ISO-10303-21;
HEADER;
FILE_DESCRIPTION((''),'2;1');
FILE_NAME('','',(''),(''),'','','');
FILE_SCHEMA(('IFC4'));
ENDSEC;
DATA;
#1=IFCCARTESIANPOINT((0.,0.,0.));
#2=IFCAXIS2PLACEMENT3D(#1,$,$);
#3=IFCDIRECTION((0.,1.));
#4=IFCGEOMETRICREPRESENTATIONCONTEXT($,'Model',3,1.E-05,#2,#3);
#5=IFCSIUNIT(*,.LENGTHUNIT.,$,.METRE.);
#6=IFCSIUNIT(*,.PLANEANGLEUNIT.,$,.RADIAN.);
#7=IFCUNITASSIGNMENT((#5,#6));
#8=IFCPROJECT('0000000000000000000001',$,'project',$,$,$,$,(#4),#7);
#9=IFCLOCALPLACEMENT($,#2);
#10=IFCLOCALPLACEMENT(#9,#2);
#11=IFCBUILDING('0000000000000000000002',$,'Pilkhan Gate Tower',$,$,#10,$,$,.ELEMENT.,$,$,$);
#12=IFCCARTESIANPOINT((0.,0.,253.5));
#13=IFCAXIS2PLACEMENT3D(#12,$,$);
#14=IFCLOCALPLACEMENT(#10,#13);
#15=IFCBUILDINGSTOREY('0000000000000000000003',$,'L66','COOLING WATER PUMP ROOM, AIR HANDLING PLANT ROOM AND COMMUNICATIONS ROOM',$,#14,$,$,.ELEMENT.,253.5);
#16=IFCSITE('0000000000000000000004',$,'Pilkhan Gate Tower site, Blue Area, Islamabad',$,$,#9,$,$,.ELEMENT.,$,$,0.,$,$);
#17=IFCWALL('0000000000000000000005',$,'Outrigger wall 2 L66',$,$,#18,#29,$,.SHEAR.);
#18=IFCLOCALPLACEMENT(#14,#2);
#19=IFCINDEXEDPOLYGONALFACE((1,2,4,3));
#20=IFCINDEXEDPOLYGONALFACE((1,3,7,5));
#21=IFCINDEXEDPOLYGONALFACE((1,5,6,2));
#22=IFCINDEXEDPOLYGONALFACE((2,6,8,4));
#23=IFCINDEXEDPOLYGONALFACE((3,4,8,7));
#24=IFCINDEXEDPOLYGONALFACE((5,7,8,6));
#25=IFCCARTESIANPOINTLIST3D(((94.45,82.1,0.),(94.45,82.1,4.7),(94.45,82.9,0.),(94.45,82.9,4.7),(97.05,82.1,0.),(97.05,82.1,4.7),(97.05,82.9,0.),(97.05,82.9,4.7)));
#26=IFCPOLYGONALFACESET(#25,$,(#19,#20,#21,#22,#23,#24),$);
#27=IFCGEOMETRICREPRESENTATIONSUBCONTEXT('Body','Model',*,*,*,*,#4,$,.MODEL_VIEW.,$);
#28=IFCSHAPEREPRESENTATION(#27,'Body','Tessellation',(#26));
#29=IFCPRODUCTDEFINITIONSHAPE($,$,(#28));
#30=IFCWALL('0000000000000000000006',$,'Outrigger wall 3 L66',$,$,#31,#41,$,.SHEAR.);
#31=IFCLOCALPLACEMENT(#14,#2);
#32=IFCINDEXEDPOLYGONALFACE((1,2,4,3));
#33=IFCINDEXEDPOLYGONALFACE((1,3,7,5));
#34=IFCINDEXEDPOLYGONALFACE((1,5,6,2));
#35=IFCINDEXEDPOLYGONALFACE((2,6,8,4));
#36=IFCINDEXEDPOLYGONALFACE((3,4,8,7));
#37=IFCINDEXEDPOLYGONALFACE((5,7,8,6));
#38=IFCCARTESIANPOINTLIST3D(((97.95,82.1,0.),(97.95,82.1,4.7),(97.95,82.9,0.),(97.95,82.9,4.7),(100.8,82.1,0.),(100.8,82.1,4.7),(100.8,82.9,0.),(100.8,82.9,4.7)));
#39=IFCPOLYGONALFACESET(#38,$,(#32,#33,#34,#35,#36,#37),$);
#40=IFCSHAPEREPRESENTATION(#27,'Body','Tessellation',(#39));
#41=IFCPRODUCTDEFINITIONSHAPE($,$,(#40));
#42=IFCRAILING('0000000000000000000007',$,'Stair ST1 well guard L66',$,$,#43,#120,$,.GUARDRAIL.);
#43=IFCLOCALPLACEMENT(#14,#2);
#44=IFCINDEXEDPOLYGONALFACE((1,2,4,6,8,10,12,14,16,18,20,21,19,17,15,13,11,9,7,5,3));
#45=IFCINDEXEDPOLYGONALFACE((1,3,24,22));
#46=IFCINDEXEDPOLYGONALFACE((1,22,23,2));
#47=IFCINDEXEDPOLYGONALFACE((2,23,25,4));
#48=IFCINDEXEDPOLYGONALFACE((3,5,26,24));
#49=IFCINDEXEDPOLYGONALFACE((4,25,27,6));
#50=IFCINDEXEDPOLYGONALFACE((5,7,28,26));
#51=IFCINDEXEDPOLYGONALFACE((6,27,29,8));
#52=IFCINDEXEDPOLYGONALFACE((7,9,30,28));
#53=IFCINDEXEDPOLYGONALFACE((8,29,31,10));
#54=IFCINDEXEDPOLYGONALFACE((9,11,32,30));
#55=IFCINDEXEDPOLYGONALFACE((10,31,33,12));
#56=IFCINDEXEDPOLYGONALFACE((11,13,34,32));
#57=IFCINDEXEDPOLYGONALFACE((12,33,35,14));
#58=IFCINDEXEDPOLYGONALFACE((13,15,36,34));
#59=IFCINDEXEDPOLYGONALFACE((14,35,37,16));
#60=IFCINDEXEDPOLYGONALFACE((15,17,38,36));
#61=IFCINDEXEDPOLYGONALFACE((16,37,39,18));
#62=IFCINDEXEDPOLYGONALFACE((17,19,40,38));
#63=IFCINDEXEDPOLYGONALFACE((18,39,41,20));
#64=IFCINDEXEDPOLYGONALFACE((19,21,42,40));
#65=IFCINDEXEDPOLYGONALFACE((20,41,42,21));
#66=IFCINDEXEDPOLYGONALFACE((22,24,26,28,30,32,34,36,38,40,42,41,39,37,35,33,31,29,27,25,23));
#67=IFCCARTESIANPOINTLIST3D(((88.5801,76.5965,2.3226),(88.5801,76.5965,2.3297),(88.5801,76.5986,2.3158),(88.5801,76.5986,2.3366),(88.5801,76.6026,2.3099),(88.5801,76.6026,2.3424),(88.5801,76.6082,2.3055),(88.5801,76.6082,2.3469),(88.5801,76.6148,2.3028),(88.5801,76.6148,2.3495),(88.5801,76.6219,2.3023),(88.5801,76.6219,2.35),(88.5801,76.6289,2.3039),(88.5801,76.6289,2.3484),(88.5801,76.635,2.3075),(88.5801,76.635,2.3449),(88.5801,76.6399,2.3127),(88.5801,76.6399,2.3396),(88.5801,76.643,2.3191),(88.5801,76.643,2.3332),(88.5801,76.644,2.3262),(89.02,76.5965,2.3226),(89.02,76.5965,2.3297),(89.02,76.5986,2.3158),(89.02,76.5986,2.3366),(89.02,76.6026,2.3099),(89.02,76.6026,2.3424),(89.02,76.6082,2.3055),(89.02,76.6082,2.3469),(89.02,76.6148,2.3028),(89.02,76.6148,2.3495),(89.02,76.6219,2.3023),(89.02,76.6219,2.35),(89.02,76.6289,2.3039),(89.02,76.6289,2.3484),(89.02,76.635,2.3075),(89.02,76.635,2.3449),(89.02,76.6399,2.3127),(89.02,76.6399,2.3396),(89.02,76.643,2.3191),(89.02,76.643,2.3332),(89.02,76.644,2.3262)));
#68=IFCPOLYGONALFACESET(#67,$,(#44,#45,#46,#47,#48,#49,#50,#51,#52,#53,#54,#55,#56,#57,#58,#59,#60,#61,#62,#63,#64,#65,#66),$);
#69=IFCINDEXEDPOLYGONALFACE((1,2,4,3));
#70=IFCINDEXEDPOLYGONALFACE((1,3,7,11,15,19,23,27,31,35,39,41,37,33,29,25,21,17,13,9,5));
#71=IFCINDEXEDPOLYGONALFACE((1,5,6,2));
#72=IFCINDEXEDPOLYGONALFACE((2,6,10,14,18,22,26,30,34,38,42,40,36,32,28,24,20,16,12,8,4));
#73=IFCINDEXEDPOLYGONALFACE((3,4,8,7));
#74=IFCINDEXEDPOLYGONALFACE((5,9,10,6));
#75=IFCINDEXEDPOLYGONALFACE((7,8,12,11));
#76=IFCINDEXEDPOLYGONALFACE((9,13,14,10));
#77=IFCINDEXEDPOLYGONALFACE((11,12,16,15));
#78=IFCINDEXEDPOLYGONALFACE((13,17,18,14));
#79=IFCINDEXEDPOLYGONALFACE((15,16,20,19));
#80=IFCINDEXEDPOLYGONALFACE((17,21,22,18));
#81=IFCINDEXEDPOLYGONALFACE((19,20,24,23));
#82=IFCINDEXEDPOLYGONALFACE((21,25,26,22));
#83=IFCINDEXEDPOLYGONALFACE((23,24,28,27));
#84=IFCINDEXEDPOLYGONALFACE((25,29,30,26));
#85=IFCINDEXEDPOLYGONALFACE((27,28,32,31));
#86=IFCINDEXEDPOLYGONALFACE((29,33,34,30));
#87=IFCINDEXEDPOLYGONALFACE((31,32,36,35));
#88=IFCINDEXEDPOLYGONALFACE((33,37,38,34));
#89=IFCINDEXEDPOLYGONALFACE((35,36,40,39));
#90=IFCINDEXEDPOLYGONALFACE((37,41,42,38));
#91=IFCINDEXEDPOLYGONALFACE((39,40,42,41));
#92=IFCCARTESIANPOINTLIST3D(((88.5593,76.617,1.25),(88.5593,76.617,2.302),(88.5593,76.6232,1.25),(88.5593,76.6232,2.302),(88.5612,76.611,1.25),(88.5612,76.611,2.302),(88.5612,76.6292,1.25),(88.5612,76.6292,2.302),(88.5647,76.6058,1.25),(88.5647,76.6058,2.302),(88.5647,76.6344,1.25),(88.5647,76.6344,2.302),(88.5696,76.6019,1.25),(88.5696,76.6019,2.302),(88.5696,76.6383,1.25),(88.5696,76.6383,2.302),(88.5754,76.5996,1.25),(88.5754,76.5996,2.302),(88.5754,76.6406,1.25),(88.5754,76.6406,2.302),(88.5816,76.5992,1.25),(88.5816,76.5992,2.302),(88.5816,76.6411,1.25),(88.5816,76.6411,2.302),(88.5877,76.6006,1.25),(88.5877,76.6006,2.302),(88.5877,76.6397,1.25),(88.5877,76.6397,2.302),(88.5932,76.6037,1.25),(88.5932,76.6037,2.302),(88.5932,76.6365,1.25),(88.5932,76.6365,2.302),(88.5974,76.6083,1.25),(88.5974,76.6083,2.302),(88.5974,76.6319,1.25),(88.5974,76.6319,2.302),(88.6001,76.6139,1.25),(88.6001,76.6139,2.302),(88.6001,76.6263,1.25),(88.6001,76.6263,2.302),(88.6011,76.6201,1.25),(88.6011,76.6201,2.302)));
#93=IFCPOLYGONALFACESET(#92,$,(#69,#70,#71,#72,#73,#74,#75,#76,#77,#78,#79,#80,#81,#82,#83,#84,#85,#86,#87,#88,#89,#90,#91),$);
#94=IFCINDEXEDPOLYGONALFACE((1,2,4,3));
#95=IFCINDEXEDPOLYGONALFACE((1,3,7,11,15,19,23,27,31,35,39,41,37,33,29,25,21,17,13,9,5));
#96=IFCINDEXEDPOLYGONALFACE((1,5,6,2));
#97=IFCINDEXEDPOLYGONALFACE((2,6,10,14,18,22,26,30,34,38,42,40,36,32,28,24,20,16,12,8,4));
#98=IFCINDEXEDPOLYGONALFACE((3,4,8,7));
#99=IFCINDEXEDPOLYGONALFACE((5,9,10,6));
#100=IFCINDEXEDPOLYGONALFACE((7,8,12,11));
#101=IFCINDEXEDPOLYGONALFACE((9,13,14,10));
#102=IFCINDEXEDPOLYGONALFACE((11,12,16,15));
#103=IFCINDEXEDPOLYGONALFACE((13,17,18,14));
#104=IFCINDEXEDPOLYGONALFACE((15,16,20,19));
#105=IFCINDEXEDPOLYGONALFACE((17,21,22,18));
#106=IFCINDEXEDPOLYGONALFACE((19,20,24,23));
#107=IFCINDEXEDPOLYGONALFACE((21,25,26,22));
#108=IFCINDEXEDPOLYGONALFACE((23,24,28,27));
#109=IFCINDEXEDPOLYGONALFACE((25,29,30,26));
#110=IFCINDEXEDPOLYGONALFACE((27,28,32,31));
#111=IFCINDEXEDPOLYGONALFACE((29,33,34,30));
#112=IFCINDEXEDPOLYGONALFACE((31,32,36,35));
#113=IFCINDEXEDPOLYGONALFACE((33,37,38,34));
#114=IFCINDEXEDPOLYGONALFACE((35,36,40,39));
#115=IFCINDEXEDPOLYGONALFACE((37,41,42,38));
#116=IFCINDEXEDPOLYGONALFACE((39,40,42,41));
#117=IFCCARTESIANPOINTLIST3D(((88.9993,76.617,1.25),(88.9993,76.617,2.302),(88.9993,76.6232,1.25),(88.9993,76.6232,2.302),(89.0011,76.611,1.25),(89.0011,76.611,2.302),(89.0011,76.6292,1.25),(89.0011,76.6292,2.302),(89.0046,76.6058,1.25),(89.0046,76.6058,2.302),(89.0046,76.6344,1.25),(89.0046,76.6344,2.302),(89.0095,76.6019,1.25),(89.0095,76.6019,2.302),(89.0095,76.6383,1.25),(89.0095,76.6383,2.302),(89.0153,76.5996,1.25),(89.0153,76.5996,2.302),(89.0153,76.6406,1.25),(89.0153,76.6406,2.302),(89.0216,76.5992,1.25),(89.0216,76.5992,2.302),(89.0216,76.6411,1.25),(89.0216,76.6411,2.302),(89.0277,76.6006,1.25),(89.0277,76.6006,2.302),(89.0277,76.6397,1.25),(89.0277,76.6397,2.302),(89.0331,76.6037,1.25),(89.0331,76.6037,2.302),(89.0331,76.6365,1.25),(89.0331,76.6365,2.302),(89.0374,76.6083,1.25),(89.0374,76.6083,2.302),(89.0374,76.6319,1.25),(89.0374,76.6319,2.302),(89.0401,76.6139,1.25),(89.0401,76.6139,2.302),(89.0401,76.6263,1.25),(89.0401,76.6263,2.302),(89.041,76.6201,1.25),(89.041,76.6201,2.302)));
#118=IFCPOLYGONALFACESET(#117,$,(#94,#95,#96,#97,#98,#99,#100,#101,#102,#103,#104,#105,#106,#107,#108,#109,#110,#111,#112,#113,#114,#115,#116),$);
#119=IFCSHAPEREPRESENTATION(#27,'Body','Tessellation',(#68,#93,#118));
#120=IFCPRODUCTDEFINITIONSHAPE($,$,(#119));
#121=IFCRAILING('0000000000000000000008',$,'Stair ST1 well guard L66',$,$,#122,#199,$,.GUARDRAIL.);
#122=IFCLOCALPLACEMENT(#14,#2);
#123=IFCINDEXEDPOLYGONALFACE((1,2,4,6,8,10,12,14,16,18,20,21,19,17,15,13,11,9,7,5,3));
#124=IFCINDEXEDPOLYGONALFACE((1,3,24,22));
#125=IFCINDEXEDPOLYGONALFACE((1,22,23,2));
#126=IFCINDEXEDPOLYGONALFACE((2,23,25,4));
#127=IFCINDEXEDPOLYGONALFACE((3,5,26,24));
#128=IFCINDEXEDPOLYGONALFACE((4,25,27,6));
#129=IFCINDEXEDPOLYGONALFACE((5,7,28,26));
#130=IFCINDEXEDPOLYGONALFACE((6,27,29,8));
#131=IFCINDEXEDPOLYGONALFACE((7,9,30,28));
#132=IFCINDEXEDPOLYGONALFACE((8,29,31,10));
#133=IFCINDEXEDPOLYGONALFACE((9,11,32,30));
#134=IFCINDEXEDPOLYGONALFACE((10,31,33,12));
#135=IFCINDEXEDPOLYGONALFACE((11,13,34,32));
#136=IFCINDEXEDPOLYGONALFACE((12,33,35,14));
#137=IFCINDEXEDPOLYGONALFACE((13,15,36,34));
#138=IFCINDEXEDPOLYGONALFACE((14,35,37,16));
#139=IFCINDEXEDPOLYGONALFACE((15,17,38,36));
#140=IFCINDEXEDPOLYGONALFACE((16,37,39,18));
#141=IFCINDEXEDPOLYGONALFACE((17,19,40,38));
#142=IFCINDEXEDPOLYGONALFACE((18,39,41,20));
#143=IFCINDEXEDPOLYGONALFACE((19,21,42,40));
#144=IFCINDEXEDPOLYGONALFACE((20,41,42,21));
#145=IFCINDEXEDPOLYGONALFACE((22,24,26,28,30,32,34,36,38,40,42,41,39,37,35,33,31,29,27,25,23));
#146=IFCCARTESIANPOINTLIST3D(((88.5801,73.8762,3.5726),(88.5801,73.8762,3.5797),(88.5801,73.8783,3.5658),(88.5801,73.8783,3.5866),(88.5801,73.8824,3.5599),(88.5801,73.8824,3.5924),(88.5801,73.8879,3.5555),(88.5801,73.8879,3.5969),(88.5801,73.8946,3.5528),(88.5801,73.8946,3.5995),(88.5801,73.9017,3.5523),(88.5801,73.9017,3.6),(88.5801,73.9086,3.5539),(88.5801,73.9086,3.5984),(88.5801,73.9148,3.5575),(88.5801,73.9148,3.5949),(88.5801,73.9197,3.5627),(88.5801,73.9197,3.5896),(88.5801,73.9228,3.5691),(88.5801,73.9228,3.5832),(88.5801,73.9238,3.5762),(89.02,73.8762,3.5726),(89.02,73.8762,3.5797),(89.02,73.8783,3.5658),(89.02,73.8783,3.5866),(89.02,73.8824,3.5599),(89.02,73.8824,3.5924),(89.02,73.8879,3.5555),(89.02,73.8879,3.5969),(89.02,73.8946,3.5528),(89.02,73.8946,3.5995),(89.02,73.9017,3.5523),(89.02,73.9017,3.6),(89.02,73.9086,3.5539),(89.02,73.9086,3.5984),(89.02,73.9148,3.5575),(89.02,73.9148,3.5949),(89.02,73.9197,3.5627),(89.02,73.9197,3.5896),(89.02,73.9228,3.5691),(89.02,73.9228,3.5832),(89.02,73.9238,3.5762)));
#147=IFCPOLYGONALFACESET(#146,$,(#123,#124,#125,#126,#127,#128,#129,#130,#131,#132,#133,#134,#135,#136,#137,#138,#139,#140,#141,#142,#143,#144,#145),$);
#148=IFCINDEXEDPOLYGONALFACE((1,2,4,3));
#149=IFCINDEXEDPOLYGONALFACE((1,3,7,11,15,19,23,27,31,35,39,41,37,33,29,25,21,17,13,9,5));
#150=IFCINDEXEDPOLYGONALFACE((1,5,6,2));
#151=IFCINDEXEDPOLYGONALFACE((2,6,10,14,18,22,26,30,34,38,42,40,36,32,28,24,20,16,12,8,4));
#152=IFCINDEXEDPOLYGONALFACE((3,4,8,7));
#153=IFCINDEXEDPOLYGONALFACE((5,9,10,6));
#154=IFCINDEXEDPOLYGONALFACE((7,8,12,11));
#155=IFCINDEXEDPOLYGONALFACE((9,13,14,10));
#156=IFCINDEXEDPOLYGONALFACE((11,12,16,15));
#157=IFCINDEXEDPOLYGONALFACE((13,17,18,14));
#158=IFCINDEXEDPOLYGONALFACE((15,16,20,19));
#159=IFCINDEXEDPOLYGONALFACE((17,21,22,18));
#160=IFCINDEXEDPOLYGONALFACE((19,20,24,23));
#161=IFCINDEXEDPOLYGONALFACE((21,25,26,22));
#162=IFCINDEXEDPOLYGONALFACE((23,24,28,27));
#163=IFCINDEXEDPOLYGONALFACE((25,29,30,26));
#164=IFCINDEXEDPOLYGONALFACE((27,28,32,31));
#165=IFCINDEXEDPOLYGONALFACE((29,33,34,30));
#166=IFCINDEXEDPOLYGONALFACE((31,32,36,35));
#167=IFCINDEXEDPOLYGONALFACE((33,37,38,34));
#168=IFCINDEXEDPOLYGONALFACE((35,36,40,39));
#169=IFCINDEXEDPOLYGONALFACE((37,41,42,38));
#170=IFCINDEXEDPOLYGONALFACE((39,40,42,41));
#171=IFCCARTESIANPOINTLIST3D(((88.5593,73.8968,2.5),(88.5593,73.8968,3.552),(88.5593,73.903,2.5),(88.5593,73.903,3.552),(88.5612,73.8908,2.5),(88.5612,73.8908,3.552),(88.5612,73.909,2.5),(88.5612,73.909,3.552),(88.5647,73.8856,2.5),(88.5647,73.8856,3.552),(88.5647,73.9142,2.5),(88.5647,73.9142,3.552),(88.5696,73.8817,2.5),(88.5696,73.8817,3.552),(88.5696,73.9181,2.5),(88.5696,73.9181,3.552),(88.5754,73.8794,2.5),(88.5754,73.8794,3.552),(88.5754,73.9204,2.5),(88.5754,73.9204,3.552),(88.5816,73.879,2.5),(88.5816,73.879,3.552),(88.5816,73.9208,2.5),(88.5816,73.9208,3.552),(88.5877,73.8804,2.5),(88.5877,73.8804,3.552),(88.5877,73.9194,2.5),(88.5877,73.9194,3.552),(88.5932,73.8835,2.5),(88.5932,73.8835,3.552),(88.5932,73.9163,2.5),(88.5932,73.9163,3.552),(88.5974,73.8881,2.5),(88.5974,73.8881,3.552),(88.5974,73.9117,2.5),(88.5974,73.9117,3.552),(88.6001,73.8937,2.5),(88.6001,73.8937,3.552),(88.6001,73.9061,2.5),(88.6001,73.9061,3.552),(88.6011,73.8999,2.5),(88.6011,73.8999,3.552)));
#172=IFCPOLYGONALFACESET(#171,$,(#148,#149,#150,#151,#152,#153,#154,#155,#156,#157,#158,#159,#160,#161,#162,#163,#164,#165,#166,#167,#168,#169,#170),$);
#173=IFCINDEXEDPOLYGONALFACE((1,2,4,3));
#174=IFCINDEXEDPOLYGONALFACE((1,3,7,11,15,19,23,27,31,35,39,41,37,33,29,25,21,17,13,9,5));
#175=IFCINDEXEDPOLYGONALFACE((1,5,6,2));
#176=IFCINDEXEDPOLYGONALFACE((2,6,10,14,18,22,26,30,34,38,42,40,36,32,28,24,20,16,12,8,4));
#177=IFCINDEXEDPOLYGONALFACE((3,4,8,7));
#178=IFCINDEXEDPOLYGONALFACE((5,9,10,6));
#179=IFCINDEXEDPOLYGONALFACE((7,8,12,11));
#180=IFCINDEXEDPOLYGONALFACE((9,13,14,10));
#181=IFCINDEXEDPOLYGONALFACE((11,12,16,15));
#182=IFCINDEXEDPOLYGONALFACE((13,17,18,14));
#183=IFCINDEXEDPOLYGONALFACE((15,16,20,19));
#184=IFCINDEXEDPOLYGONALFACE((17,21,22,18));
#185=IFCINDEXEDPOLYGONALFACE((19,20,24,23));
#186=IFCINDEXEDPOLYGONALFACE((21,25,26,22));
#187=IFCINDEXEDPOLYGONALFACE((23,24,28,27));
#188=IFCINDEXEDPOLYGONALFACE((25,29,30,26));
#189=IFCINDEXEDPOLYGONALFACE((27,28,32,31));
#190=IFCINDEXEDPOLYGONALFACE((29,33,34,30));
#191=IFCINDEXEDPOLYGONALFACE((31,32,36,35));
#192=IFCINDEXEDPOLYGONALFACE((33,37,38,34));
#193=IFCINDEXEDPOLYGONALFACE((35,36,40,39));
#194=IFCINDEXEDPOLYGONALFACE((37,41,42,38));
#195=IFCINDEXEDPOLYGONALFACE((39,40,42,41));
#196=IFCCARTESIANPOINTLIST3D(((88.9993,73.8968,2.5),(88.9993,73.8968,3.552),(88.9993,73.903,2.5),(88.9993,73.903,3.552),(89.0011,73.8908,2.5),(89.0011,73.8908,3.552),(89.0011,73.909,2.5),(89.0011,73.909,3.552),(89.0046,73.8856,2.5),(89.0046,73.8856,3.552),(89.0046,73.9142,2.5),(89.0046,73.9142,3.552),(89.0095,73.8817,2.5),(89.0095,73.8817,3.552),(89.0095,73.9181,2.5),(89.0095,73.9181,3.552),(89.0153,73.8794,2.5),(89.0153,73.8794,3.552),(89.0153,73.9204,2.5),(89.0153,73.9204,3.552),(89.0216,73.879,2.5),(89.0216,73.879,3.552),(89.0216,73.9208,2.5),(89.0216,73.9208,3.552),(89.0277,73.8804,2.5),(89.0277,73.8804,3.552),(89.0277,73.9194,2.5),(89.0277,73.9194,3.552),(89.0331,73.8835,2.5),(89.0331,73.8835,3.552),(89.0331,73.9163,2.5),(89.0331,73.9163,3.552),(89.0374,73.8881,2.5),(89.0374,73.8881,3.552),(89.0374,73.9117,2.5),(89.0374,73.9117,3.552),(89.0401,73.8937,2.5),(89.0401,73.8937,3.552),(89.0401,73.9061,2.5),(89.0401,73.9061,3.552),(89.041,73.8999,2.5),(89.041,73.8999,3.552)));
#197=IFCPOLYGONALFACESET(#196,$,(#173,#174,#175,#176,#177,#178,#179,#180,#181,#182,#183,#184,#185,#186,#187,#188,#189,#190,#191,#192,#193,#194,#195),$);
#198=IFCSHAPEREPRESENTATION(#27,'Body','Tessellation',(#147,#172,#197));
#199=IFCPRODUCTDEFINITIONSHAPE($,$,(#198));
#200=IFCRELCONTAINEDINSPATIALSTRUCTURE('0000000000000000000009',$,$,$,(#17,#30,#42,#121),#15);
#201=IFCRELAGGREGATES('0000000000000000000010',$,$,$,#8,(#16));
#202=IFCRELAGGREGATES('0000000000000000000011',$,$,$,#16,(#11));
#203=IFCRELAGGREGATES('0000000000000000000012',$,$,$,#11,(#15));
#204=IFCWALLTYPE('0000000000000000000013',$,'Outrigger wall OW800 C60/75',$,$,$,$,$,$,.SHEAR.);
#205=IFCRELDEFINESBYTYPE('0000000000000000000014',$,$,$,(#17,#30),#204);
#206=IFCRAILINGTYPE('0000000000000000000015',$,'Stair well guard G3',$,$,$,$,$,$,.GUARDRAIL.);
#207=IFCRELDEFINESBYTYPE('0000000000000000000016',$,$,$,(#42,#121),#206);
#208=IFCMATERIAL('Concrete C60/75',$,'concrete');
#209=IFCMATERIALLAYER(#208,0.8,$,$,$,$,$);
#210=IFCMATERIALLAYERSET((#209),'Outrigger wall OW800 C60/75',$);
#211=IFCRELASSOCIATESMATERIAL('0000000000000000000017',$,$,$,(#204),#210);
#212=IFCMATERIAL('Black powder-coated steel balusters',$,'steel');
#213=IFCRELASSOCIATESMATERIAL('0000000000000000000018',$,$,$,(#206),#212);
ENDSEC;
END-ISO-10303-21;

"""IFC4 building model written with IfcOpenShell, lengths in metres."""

from ifc_helpers import new_model, si_unit, direction, frame, frame_2d, origin, origin_2d, place, context, subcontext, project, spatial, rectangle, circle, extrude, material, layer, layer_set, type_object, element, save


model = new_model("IFC4")

# Units and contexts
model_context = context("Model", 3, precision=1e-05, world=origin(), true_north=direction((0.0, 1.0)))
body_context = subcontext(model_context, "Body", "Model", "MODEL_VIEW")
ifc_project = project(units=[si_unit("LENGTHUNIT", "METRE"), si_unit("PLANEANGLEUNIT", "RADIAN")], contexts=[model_context])

# Site, building, storey
site_placement = place(None, origin())
site = spatial("IfcSite", under=ifc_project, at=site_placement, Name="Pilkhan Gate Tower site, Blue Area, Islamabad", CompositionType="ELEMENT", RefElevation=0.0)
building_placement = place(site_placement, origin())
building = spatial("IfcBuilding", under=site, at=building_placement, Name="Pilkhan Gate Tower", CompositionType="ELEMENT")
storey_placement = place(building_placement, frame((0.0, 0.0, 253.5)))
storey = spatial("IfcBuildingStorey", under=building, at=storey_placement, Name="L66", Description="COOLING WATER PUMP ROOM, AIR HANDLING PLANT ROOM AND COMMUNICATIONS ROOM", CompositionType="ELEMENT", Elevation=253.5)

# Shared definitions
ifc_material_1 = material(Name="Concrete C60/75", Category="concrete")

# Walls
ifc_layer_1 = layer(ifc_material_1, 0.8)
ifc_layer_set_1 = layer_set([ifc_layer_1], Name="Outrigger wall OW800 C60/75")
wall_type_1 = type_object("IfcWallType", Name="Outrigger wall OW800 C60/75", PredefinedType="SHEAR", material=ifc_layer_set_1)
for number, where, z_axis, x_axis, name in (
    (1, (94.45, 82.5, 0.0), (0.0, 0.0, 1.0), (1.0, 0.0, 0.0), "Outrigger wall 2 L66"),
):
    element("IfcWall", number, at=place(storey_placement, frame(where, z_axis=z_axis, x_axis=x_axis)), inside=storey, type_object=wall_type_1, Name=name, PredefinedType="SHEAR", context=body_context, shape_type="SweptSolid", body=[
        extrude(rectangle(XDim=2.6001, YDim=0.8, at=frame_2d((1.3, 0.0))), origin(), (0.0, 0.0, 1.0), 4.7),
    ])
wall_1_placement = place(storey_placement, frame((97.95, 82.5, 0.0), z_axis=(0.0, 0.0, 1.0), x_axis=(1.0, 0.0, 0.0)))
element("IfcWall", 2, at=wall_1_placement, inside=storey, type_object=wall_type_1, Name="Outrigger wall 3 L66", PredefinedType="SHEAR", context=body_context, shape_type="SweptSolid", body=[
    extrude(rectangle(XDim=2.8501, YDim=0.8, at=frame_2d((1.425, 0.0))), origin(), (0.0, 0.0, 1.0), 4.7),
])

# Railings
ifc_material_2 = material(Name="Black powder-coated steel balusters", Category="steel")
railing_type = type_object("IfcRailingType", Name="Stair well guard G3", PredefinedType="GUARDRAIL", material=ifc_material_2)
for number, where, name in (
    (3, (88.5801, 76.6201, 1.25), "Stair ST1 well guard L66"),
    (4, (88.5801, 73.8999, 2.5), "Stair ST1 well guard L66"),
):
    element("IfcRailing", number, at=place(storey_placement, frame(where)), inside=storey, type_object=railing_type, Name=name, PredefinedType="GUARDRAIL", context=body_context, shape_type="SweptSolid", body=[
        extrude(circle(Radius=0.0239, at=origin_2d()), frame((0.0, 0.0, 1.0762), z_axis=(1.0, 0.0, 0.0), x_axis=(0.0, 1.0, 0.0)), (0.0, 0.0, 1.0), 0.4399),
        extrude(circle(Radius=0.021, at=origin_2d()), origin(), (0.0, 0.0, 1.0), 1.052),
        extrude(circle(Radius=0.021, at=origin_2d()), frame((0.4399, 0.0, 0.0)), (0.0, 0.0, 1.0), 1.052),
    ])

save(model, "model.ifc")
